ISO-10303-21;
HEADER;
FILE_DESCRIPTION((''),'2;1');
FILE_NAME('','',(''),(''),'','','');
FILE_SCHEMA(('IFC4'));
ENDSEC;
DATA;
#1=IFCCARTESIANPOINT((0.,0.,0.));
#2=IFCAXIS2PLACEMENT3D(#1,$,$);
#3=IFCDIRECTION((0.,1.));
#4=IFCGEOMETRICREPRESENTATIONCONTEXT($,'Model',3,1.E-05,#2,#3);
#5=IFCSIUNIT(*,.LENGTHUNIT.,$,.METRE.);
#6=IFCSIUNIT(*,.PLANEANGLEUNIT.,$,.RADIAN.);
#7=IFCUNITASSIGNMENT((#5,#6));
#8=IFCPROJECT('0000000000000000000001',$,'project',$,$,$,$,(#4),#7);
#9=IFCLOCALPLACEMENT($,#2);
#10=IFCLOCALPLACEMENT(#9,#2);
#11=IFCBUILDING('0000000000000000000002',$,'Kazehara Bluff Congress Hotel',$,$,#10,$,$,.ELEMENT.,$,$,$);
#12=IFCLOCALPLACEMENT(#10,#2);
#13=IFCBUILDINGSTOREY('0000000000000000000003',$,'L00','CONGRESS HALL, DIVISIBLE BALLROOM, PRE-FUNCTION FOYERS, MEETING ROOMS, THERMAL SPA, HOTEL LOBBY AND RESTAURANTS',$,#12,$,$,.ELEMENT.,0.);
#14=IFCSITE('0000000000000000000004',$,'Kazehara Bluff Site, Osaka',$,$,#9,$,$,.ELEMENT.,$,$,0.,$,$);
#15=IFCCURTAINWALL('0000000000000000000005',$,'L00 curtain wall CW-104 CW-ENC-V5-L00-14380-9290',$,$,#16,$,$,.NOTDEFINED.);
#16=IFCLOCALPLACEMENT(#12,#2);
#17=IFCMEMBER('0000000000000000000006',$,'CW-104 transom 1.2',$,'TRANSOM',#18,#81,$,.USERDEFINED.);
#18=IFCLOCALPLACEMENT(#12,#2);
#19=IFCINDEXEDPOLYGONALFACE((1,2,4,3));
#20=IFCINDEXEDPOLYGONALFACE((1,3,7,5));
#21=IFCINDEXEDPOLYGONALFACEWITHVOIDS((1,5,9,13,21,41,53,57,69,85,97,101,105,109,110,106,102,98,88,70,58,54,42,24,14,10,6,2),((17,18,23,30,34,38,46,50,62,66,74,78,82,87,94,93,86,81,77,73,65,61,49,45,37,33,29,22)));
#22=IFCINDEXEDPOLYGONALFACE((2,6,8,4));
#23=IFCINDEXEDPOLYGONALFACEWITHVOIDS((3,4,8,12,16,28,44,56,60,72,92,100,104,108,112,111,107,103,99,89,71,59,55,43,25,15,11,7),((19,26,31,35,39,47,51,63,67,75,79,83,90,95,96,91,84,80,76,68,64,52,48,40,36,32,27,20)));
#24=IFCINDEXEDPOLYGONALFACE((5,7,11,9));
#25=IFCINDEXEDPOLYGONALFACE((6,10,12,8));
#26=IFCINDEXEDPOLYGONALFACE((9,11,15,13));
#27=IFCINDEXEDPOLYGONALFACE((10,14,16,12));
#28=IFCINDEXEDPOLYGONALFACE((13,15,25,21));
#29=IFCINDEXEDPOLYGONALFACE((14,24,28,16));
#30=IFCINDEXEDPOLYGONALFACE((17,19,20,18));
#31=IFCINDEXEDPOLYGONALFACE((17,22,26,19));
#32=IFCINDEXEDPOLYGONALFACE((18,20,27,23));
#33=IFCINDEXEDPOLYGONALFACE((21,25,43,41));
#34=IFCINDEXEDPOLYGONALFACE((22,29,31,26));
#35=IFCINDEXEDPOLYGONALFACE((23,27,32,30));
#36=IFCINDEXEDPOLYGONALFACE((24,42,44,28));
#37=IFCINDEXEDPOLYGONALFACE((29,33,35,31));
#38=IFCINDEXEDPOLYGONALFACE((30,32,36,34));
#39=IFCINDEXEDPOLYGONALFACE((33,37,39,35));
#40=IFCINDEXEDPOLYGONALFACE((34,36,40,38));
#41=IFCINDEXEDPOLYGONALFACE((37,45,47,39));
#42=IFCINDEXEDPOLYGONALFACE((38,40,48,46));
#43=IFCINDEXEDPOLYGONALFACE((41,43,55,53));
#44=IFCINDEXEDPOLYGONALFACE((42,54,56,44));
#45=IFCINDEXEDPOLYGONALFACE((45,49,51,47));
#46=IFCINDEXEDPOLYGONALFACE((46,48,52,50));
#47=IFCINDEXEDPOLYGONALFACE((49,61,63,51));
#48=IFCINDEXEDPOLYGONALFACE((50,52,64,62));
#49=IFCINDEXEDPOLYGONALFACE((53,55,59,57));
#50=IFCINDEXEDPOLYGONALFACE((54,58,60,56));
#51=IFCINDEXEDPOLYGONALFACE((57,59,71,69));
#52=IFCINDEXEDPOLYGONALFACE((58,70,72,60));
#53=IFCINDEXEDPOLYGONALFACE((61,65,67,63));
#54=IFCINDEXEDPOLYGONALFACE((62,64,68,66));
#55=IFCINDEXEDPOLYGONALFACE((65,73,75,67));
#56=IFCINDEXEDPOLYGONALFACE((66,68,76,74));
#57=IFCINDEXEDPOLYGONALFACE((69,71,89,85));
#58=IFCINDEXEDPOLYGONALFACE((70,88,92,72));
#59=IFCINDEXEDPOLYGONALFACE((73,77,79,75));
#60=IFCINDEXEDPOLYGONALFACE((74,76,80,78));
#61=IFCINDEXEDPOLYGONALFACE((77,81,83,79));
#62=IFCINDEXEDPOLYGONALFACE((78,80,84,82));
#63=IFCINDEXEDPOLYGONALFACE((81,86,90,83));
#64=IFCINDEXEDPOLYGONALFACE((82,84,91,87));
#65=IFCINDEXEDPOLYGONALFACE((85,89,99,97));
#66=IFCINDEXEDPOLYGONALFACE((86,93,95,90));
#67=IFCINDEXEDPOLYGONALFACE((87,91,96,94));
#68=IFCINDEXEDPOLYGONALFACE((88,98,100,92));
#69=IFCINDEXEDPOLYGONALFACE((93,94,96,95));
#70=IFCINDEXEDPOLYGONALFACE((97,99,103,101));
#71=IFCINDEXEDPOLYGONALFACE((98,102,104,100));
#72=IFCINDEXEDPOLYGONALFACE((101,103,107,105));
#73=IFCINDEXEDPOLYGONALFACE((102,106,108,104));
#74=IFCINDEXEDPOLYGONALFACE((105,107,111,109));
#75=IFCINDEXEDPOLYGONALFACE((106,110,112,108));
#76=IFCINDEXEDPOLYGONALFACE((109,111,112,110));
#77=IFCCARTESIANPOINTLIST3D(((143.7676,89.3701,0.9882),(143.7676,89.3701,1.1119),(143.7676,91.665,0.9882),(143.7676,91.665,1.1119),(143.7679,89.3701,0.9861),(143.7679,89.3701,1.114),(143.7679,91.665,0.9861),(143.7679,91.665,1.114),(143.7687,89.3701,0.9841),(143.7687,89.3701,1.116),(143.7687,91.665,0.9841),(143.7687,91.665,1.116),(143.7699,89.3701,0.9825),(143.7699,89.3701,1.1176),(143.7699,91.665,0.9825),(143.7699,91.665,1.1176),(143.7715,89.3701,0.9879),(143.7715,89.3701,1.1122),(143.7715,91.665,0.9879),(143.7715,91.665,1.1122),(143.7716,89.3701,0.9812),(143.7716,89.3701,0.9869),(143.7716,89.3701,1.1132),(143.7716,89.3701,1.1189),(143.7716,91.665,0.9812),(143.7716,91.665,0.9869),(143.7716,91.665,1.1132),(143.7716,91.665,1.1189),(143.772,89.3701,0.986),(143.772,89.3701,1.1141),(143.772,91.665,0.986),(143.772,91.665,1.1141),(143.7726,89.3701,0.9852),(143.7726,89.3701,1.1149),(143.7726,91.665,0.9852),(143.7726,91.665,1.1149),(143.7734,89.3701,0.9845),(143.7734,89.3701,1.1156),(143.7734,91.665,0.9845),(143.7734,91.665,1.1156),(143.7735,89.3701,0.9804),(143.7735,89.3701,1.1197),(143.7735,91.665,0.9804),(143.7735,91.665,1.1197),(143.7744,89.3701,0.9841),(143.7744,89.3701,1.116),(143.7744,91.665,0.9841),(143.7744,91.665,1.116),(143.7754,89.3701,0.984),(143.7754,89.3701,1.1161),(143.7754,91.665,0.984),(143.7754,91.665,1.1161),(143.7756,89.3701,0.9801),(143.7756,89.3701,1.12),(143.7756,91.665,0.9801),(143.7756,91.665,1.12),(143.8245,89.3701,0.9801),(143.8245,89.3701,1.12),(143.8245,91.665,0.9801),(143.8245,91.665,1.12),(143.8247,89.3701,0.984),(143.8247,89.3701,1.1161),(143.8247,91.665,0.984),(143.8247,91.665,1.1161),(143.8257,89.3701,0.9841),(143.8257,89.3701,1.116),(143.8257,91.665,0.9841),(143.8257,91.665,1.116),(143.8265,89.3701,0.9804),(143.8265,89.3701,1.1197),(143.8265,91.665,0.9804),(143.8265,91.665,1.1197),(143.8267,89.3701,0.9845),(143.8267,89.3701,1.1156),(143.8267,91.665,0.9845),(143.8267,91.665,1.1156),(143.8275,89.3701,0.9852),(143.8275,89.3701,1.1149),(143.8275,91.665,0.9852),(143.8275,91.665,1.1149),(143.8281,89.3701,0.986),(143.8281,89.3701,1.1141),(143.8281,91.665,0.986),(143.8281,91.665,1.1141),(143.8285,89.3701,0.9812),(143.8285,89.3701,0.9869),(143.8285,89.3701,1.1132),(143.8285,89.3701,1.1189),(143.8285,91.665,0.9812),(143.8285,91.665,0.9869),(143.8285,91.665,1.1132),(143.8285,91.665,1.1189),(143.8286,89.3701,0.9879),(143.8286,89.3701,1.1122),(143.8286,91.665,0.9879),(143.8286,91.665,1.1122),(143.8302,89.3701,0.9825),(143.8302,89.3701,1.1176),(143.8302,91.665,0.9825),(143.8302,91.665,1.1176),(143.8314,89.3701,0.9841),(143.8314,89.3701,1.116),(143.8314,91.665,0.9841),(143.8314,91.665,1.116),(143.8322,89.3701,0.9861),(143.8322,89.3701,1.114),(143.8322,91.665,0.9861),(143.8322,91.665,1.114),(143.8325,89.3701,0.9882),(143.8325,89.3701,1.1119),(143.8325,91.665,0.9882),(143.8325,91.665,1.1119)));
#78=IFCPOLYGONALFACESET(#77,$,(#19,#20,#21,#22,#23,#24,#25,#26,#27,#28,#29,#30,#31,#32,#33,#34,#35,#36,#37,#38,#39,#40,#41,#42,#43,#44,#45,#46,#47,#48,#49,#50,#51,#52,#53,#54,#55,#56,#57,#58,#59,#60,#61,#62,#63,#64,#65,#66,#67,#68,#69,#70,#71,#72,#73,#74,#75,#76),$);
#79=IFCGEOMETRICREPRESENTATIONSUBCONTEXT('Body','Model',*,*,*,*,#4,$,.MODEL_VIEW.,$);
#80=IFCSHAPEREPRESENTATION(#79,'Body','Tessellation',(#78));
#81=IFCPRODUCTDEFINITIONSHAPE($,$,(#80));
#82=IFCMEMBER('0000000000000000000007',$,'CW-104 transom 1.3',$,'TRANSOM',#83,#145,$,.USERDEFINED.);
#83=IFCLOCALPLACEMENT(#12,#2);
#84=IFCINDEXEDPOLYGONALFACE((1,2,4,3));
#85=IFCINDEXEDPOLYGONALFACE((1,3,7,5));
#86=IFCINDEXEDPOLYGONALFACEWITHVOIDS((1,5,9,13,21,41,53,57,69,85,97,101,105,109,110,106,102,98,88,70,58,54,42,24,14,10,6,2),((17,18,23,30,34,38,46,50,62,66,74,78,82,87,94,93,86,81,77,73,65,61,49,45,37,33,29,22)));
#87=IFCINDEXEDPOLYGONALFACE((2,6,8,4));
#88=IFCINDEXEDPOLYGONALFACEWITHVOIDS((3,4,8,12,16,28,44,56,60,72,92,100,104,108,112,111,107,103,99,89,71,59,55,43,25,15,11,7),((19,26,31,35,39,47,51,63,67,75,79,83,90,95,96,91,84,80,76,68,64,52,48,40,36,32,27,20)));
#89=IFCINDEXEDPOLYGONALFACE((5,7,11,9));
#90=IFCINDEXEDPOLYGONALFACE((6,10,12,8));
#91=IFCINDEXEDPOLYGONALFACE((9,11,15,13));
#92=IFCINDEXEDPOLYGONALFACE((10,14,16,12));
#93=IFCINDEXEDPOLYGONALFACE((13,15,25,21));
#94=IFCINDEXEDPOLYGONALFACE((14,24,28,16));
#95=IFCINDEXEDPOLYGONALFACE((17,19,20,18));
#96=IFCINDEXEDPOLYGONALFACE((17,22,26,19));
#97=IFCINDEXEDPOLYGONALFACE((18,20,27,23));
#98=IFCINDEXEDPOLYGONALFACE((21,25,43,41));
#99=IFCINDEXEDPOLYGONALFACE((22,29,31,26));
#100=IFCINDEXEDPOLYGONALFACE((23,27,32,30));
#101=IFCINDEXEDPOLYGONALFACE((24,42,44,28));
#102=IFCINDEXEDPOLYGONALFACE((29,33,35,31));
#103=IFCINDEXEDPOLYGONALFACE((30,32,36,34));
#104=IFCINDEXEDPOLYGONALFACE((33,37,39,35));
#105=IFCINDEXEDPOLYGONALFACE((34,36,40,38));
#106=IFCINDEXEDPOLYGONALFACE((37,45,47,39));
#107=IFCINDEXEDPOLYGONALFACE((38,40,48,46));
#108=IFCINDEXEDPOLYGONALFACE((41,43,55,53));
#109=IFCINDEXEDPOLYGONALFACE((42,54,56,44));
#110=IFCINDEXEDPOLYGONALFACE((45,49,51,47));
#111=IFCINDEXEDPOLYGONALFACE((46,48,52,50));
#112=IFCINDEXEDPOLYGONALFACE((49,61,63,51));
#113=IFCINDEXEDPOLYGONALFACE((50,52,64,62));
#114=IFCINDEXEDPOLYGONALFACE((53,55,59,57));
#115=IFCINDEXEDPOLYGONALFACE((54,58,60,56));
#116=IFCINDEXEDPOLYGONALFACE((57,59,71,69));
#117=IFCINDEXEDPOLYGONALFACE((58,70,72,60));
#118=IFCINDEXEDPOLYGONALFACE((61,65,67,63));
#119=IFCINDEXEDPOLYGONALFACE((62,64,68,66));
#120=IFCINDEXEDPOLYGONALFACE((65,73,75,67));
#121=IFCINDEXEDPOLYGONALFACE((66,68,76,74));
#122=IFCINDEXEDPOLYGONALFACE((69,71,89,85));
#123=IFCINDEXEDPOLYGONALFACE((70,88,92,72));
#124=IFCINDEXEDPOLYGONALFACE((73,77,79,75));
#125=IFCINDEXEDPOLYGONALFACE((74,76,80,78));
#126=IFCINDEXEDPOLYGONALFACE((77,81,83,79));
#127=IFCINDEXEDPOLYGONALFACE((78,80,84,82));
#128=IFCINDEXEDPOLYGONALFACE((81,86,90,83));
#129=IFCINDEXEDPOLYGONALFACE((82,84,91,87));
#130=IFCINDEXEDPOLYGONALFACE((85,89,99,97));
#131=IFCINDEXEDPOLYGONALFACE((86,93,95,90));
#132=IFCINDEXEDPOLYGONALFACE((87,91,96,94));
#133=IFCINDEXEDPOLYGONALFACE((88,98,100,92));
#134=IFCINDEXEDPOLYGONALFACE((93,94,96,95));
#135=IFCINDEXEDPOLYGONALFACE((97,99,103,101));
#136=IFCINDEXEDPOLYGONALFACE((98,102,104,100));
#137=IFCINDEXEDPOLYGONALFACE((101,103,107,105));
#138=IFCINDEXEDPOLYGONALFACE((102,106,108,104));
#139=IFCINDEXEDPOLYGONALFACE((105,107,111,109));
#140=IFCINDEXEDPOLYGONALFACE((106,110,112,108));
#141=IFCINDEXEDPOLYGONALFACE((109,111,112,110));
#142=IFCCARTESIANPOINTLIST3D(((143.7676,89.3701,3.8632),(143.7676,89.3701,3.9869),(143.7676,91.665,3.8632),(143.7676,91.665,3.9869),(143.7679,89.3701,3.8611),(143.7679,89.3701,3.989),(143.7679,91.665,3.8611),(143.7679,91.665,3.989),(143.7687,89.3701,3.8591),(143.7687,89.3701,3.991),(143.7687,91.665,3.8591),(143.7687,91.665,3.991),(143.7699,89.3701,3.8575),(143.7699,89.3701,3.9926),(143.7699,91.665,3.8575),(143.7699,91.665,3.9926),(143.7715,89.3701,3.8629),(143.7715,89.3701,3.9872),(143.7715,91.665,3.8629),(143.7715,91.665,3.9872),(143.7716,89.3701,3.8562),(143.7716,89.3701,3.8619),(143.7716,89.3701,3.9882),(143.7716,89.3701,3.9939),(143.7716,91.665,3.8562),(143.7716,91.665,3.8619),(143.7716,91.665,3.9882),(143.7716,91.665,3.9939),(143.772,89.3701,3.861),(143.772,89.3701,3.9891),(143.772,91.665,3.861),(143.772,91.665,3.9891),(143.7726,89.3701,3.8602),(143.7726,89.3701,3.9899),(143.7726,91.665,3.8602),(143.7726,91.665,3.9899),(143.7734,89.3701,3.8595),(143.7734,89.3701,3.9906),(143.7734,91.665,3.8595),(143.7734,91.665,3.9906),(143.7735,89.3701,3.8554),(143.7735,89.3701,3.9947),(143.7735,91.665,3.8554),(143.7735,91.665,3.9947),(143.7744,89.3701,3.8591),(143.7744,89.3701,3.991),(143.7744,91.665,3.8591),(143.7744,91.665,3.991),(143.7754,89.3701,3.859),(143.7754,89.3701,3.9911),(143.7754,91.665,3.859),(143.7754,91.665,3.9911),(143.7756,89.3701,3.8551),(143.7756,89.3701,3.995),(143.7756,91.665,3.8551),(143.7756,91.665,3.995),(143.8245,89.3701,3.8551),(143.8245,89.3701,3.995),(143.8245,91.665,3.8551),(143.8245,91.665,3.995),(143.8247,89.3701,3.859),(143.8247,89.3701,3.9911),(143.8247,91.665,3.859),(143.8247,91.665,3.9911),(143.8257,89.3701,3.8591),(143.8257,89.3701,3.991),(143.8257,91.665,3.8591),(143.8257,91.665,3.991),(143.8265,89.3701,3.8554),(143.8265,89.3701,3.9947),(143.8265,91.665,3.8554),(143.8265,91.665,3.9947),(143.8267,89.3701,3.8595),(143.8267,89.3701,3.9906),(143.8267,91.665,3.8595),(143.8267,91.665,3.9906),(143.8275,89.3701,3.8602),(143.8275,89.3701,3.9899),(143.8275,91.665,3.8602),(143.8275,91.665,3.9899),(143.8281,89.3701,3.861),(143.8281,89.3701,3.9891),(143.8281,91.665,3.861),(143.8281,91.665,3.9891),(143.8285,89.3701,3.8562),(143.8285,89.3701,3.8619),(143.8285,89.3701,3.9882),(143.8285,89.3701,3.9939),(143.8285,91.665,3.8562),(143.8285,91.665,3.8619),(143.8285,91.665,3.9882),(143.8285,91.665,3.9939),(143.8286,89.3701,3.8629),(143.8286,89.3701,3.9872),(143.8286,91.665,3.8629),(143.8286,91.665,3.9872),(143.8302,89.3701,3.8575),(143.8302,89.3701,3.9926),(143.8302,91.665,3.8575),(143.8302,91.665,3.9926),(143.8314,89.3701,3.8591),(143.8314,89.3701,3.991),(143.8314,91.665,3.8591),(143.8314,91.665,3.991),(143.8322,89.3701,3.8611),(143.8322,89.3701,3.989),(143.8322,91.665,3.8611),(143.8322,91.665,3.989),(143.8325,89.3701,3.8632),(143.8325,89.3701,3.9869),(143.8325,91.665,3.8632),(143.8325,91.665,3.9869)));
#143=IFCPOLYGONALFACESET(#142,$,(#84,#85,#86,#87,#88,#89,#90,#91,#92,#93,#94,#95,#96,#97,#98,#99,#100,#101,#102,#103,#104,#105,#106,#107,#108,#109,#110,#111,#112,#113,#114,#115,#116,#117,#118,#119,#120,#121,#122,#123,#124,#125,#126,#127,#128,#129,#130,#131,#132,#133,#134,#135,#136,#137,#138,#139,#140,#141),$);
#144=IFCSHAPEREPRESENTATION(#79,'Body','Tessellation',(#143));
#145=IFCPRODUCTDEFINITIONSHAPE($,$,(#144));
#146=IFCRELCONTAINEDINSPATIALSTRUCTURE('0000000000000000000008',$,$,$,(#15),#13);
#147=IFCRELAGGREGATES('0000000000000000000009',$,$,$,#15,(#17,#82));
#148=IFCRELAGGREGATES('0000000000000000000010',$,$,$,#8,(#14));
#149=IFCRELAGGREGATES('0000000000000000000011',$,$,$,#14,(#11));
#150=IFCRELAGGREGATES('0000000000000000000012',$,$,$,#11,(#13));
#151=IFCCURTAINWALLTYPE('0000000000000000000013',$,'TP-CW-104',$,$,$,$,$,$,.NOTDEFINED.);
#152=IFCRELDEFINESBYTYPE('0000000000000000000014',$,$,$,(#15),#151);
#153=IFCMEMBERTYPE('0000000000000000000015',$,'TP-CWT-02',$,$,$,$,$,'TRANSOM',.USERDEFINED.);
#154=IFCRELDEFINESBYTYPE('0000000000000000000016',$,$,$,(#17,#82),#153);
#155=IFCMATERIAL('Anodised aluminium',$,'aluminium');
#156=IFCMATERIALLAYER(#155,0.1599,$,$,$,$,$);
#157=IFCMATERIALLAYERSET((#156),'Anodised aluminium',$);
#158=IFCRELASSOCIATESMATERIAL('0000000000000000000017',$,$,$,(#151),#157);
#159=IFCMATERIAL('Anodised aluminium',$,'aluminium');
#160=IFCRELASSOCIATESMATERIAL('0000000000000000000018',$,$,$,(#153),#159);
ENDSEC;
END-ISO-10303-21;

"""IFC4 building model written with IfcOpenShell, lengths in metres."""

from ifc_helpers import new_model, si_unit, direction, frame, origin, origin_2d, place, context, subcontext, project, spatial, hollow_rectangle, extrude, material, layer, layer_set, material_profile, profile_set, type_object, element, aggregate, save


model = new_model("IFC4")

# Units and contexts
model_context = context("Model", 3, precision=1e-05, world=origin(), true_north=direction((0.0, 1.0)))
body_context = subcontext(model_context, "Body", "Model", "MODEL_VIEW")
ifc_project = project(units=[si_unit("LENGTHUNIT", "METRE"), si_unit("PLANEANGLEUNIT", "RADIAN")], contexts=[model_context])

# Site, building, storey
site_placement = place(None, origin())
site = spatial("IfcSite", under=ifc_project, at=site_placement, Name="Kazehara Bluff Site, Osaka", CompositionType="ELEMENT", RefElevation=0.0)
building_placement = place(site_placement, origin())
building = spatial("IfcBuilding", under=site, at=building_placement, Name="Kazehara Bluff Congress Hotel", CompositionType="ELEMENT")
storey_placement = place(building_placement, origin())
storey = spatial("IfcBuildingStorey", under=building, at=storey_placement, Name="L00", Description="CONGRESS HALL, DIVISIBLE BALLROOM, PRE-FUNCTION FOYERS, MEETING ROOMS, THERMAL SPA, HOTEL LOBBY AND RESTAURANTS", CompositionType="ELEMENT", Elevation=0.0)

# Curtain wall, members
ifc_material_1 = material(Name="Anodised aluminium", Category="aluminium")
ifc_layer_1 = layer(ifc_material_1, 0.1599)
ifc_layer_set_1 = layer_set([ifc_layer_1], Name="Anodised aluminium")
curtain_wall_type = type_object("IfcCurtainWallType", Name="TP-CW-104", PredefinedType="NOTDEFINED", material=ifc_layer_set_1)
curtain_wall_placement = place(storey_placement, origin())
curtain_wall = element("IfcCurtainWall", 1, at=curtain_wall_placement, inside=storey, type_object=curtain_wall_type, Name="L00 curtain wall CW-104 CW-ENC-V5-L00-14380-9290", PredefinedType="NOTDEFINED")
ifc_material_2 = material(Name="Anodised aluminium", Category="aluminium")
ifc_material_profile_1 = material_profile(ifc_material_2, hollow_rectangle(XDim=0.0649, YDim=0.1399, WallThickness=0.0039, InnerFilletRadius=0.0039, OuterFilletRadius=0.0081, at=origin_2d()))
ifc_profile_set_1 = profile_set([ifc_material_profile_1], Name="Anodised aluminium")
member_type_1 = type_object("IfcMemberType", Name="TP-CWT-02", ElementType="TRANSOM", PredefinedType="USERDEFINED", material=ifc_profile_set_1)
member_1_placement = place(storey_placement, frame((143.8, 89.3701, 1.05), z_axis=(0.0, 1.0, 0.0), x_axis=(-1.0, 0.0, 0.0)))
member_1 = element("IfcMember", 2, at=member_1_placement, type_object=member_type_1, Name="CW-104 transom 1.2", ObjectType="TRANSOM", PredefinedType="USERDEFINED", context=body_context, shape_type="SweptSolid", body=[
    extrude(hollow_rectangle(XDim=0.0649, YDim=0.1399, WallThickness=0.0039, InnerFilletRadius=0.0039, OuterFilletRadius=0.0081, at=origin_2d()), origin(), (0.0, 0.0, 1.0), 2.2949),
])
member_2_placement = place(storey_placement, frame((143.8, 89.3701, 3.925), z_axis=(0.0, 1.0, 0.0), x_axis=(-1.0, 0.0, 0.0)))
member_2 = element("IfcMember", 3, at=member_2_placement, type_object=member_type_1, Name="CW-104 transom 1.3", ObjectType="TRANSOM", PredefinedType="USERDEFINED", context=body_context, shape_type="SweptSolid", body=[
    extrude(hollow_rectangle(XDim=0.0649, YDim=0.1399, WallThickness=0.0039, InnerFilletRadius=0.0039, OuterFilletRadius=0.0081, at=origin_2d()), origin(), (0.0, 0.0, 1.0), 2.2949),
])

aggregate(curtain_wall, [member_1, member_2])

save(model, "model.ifc")
